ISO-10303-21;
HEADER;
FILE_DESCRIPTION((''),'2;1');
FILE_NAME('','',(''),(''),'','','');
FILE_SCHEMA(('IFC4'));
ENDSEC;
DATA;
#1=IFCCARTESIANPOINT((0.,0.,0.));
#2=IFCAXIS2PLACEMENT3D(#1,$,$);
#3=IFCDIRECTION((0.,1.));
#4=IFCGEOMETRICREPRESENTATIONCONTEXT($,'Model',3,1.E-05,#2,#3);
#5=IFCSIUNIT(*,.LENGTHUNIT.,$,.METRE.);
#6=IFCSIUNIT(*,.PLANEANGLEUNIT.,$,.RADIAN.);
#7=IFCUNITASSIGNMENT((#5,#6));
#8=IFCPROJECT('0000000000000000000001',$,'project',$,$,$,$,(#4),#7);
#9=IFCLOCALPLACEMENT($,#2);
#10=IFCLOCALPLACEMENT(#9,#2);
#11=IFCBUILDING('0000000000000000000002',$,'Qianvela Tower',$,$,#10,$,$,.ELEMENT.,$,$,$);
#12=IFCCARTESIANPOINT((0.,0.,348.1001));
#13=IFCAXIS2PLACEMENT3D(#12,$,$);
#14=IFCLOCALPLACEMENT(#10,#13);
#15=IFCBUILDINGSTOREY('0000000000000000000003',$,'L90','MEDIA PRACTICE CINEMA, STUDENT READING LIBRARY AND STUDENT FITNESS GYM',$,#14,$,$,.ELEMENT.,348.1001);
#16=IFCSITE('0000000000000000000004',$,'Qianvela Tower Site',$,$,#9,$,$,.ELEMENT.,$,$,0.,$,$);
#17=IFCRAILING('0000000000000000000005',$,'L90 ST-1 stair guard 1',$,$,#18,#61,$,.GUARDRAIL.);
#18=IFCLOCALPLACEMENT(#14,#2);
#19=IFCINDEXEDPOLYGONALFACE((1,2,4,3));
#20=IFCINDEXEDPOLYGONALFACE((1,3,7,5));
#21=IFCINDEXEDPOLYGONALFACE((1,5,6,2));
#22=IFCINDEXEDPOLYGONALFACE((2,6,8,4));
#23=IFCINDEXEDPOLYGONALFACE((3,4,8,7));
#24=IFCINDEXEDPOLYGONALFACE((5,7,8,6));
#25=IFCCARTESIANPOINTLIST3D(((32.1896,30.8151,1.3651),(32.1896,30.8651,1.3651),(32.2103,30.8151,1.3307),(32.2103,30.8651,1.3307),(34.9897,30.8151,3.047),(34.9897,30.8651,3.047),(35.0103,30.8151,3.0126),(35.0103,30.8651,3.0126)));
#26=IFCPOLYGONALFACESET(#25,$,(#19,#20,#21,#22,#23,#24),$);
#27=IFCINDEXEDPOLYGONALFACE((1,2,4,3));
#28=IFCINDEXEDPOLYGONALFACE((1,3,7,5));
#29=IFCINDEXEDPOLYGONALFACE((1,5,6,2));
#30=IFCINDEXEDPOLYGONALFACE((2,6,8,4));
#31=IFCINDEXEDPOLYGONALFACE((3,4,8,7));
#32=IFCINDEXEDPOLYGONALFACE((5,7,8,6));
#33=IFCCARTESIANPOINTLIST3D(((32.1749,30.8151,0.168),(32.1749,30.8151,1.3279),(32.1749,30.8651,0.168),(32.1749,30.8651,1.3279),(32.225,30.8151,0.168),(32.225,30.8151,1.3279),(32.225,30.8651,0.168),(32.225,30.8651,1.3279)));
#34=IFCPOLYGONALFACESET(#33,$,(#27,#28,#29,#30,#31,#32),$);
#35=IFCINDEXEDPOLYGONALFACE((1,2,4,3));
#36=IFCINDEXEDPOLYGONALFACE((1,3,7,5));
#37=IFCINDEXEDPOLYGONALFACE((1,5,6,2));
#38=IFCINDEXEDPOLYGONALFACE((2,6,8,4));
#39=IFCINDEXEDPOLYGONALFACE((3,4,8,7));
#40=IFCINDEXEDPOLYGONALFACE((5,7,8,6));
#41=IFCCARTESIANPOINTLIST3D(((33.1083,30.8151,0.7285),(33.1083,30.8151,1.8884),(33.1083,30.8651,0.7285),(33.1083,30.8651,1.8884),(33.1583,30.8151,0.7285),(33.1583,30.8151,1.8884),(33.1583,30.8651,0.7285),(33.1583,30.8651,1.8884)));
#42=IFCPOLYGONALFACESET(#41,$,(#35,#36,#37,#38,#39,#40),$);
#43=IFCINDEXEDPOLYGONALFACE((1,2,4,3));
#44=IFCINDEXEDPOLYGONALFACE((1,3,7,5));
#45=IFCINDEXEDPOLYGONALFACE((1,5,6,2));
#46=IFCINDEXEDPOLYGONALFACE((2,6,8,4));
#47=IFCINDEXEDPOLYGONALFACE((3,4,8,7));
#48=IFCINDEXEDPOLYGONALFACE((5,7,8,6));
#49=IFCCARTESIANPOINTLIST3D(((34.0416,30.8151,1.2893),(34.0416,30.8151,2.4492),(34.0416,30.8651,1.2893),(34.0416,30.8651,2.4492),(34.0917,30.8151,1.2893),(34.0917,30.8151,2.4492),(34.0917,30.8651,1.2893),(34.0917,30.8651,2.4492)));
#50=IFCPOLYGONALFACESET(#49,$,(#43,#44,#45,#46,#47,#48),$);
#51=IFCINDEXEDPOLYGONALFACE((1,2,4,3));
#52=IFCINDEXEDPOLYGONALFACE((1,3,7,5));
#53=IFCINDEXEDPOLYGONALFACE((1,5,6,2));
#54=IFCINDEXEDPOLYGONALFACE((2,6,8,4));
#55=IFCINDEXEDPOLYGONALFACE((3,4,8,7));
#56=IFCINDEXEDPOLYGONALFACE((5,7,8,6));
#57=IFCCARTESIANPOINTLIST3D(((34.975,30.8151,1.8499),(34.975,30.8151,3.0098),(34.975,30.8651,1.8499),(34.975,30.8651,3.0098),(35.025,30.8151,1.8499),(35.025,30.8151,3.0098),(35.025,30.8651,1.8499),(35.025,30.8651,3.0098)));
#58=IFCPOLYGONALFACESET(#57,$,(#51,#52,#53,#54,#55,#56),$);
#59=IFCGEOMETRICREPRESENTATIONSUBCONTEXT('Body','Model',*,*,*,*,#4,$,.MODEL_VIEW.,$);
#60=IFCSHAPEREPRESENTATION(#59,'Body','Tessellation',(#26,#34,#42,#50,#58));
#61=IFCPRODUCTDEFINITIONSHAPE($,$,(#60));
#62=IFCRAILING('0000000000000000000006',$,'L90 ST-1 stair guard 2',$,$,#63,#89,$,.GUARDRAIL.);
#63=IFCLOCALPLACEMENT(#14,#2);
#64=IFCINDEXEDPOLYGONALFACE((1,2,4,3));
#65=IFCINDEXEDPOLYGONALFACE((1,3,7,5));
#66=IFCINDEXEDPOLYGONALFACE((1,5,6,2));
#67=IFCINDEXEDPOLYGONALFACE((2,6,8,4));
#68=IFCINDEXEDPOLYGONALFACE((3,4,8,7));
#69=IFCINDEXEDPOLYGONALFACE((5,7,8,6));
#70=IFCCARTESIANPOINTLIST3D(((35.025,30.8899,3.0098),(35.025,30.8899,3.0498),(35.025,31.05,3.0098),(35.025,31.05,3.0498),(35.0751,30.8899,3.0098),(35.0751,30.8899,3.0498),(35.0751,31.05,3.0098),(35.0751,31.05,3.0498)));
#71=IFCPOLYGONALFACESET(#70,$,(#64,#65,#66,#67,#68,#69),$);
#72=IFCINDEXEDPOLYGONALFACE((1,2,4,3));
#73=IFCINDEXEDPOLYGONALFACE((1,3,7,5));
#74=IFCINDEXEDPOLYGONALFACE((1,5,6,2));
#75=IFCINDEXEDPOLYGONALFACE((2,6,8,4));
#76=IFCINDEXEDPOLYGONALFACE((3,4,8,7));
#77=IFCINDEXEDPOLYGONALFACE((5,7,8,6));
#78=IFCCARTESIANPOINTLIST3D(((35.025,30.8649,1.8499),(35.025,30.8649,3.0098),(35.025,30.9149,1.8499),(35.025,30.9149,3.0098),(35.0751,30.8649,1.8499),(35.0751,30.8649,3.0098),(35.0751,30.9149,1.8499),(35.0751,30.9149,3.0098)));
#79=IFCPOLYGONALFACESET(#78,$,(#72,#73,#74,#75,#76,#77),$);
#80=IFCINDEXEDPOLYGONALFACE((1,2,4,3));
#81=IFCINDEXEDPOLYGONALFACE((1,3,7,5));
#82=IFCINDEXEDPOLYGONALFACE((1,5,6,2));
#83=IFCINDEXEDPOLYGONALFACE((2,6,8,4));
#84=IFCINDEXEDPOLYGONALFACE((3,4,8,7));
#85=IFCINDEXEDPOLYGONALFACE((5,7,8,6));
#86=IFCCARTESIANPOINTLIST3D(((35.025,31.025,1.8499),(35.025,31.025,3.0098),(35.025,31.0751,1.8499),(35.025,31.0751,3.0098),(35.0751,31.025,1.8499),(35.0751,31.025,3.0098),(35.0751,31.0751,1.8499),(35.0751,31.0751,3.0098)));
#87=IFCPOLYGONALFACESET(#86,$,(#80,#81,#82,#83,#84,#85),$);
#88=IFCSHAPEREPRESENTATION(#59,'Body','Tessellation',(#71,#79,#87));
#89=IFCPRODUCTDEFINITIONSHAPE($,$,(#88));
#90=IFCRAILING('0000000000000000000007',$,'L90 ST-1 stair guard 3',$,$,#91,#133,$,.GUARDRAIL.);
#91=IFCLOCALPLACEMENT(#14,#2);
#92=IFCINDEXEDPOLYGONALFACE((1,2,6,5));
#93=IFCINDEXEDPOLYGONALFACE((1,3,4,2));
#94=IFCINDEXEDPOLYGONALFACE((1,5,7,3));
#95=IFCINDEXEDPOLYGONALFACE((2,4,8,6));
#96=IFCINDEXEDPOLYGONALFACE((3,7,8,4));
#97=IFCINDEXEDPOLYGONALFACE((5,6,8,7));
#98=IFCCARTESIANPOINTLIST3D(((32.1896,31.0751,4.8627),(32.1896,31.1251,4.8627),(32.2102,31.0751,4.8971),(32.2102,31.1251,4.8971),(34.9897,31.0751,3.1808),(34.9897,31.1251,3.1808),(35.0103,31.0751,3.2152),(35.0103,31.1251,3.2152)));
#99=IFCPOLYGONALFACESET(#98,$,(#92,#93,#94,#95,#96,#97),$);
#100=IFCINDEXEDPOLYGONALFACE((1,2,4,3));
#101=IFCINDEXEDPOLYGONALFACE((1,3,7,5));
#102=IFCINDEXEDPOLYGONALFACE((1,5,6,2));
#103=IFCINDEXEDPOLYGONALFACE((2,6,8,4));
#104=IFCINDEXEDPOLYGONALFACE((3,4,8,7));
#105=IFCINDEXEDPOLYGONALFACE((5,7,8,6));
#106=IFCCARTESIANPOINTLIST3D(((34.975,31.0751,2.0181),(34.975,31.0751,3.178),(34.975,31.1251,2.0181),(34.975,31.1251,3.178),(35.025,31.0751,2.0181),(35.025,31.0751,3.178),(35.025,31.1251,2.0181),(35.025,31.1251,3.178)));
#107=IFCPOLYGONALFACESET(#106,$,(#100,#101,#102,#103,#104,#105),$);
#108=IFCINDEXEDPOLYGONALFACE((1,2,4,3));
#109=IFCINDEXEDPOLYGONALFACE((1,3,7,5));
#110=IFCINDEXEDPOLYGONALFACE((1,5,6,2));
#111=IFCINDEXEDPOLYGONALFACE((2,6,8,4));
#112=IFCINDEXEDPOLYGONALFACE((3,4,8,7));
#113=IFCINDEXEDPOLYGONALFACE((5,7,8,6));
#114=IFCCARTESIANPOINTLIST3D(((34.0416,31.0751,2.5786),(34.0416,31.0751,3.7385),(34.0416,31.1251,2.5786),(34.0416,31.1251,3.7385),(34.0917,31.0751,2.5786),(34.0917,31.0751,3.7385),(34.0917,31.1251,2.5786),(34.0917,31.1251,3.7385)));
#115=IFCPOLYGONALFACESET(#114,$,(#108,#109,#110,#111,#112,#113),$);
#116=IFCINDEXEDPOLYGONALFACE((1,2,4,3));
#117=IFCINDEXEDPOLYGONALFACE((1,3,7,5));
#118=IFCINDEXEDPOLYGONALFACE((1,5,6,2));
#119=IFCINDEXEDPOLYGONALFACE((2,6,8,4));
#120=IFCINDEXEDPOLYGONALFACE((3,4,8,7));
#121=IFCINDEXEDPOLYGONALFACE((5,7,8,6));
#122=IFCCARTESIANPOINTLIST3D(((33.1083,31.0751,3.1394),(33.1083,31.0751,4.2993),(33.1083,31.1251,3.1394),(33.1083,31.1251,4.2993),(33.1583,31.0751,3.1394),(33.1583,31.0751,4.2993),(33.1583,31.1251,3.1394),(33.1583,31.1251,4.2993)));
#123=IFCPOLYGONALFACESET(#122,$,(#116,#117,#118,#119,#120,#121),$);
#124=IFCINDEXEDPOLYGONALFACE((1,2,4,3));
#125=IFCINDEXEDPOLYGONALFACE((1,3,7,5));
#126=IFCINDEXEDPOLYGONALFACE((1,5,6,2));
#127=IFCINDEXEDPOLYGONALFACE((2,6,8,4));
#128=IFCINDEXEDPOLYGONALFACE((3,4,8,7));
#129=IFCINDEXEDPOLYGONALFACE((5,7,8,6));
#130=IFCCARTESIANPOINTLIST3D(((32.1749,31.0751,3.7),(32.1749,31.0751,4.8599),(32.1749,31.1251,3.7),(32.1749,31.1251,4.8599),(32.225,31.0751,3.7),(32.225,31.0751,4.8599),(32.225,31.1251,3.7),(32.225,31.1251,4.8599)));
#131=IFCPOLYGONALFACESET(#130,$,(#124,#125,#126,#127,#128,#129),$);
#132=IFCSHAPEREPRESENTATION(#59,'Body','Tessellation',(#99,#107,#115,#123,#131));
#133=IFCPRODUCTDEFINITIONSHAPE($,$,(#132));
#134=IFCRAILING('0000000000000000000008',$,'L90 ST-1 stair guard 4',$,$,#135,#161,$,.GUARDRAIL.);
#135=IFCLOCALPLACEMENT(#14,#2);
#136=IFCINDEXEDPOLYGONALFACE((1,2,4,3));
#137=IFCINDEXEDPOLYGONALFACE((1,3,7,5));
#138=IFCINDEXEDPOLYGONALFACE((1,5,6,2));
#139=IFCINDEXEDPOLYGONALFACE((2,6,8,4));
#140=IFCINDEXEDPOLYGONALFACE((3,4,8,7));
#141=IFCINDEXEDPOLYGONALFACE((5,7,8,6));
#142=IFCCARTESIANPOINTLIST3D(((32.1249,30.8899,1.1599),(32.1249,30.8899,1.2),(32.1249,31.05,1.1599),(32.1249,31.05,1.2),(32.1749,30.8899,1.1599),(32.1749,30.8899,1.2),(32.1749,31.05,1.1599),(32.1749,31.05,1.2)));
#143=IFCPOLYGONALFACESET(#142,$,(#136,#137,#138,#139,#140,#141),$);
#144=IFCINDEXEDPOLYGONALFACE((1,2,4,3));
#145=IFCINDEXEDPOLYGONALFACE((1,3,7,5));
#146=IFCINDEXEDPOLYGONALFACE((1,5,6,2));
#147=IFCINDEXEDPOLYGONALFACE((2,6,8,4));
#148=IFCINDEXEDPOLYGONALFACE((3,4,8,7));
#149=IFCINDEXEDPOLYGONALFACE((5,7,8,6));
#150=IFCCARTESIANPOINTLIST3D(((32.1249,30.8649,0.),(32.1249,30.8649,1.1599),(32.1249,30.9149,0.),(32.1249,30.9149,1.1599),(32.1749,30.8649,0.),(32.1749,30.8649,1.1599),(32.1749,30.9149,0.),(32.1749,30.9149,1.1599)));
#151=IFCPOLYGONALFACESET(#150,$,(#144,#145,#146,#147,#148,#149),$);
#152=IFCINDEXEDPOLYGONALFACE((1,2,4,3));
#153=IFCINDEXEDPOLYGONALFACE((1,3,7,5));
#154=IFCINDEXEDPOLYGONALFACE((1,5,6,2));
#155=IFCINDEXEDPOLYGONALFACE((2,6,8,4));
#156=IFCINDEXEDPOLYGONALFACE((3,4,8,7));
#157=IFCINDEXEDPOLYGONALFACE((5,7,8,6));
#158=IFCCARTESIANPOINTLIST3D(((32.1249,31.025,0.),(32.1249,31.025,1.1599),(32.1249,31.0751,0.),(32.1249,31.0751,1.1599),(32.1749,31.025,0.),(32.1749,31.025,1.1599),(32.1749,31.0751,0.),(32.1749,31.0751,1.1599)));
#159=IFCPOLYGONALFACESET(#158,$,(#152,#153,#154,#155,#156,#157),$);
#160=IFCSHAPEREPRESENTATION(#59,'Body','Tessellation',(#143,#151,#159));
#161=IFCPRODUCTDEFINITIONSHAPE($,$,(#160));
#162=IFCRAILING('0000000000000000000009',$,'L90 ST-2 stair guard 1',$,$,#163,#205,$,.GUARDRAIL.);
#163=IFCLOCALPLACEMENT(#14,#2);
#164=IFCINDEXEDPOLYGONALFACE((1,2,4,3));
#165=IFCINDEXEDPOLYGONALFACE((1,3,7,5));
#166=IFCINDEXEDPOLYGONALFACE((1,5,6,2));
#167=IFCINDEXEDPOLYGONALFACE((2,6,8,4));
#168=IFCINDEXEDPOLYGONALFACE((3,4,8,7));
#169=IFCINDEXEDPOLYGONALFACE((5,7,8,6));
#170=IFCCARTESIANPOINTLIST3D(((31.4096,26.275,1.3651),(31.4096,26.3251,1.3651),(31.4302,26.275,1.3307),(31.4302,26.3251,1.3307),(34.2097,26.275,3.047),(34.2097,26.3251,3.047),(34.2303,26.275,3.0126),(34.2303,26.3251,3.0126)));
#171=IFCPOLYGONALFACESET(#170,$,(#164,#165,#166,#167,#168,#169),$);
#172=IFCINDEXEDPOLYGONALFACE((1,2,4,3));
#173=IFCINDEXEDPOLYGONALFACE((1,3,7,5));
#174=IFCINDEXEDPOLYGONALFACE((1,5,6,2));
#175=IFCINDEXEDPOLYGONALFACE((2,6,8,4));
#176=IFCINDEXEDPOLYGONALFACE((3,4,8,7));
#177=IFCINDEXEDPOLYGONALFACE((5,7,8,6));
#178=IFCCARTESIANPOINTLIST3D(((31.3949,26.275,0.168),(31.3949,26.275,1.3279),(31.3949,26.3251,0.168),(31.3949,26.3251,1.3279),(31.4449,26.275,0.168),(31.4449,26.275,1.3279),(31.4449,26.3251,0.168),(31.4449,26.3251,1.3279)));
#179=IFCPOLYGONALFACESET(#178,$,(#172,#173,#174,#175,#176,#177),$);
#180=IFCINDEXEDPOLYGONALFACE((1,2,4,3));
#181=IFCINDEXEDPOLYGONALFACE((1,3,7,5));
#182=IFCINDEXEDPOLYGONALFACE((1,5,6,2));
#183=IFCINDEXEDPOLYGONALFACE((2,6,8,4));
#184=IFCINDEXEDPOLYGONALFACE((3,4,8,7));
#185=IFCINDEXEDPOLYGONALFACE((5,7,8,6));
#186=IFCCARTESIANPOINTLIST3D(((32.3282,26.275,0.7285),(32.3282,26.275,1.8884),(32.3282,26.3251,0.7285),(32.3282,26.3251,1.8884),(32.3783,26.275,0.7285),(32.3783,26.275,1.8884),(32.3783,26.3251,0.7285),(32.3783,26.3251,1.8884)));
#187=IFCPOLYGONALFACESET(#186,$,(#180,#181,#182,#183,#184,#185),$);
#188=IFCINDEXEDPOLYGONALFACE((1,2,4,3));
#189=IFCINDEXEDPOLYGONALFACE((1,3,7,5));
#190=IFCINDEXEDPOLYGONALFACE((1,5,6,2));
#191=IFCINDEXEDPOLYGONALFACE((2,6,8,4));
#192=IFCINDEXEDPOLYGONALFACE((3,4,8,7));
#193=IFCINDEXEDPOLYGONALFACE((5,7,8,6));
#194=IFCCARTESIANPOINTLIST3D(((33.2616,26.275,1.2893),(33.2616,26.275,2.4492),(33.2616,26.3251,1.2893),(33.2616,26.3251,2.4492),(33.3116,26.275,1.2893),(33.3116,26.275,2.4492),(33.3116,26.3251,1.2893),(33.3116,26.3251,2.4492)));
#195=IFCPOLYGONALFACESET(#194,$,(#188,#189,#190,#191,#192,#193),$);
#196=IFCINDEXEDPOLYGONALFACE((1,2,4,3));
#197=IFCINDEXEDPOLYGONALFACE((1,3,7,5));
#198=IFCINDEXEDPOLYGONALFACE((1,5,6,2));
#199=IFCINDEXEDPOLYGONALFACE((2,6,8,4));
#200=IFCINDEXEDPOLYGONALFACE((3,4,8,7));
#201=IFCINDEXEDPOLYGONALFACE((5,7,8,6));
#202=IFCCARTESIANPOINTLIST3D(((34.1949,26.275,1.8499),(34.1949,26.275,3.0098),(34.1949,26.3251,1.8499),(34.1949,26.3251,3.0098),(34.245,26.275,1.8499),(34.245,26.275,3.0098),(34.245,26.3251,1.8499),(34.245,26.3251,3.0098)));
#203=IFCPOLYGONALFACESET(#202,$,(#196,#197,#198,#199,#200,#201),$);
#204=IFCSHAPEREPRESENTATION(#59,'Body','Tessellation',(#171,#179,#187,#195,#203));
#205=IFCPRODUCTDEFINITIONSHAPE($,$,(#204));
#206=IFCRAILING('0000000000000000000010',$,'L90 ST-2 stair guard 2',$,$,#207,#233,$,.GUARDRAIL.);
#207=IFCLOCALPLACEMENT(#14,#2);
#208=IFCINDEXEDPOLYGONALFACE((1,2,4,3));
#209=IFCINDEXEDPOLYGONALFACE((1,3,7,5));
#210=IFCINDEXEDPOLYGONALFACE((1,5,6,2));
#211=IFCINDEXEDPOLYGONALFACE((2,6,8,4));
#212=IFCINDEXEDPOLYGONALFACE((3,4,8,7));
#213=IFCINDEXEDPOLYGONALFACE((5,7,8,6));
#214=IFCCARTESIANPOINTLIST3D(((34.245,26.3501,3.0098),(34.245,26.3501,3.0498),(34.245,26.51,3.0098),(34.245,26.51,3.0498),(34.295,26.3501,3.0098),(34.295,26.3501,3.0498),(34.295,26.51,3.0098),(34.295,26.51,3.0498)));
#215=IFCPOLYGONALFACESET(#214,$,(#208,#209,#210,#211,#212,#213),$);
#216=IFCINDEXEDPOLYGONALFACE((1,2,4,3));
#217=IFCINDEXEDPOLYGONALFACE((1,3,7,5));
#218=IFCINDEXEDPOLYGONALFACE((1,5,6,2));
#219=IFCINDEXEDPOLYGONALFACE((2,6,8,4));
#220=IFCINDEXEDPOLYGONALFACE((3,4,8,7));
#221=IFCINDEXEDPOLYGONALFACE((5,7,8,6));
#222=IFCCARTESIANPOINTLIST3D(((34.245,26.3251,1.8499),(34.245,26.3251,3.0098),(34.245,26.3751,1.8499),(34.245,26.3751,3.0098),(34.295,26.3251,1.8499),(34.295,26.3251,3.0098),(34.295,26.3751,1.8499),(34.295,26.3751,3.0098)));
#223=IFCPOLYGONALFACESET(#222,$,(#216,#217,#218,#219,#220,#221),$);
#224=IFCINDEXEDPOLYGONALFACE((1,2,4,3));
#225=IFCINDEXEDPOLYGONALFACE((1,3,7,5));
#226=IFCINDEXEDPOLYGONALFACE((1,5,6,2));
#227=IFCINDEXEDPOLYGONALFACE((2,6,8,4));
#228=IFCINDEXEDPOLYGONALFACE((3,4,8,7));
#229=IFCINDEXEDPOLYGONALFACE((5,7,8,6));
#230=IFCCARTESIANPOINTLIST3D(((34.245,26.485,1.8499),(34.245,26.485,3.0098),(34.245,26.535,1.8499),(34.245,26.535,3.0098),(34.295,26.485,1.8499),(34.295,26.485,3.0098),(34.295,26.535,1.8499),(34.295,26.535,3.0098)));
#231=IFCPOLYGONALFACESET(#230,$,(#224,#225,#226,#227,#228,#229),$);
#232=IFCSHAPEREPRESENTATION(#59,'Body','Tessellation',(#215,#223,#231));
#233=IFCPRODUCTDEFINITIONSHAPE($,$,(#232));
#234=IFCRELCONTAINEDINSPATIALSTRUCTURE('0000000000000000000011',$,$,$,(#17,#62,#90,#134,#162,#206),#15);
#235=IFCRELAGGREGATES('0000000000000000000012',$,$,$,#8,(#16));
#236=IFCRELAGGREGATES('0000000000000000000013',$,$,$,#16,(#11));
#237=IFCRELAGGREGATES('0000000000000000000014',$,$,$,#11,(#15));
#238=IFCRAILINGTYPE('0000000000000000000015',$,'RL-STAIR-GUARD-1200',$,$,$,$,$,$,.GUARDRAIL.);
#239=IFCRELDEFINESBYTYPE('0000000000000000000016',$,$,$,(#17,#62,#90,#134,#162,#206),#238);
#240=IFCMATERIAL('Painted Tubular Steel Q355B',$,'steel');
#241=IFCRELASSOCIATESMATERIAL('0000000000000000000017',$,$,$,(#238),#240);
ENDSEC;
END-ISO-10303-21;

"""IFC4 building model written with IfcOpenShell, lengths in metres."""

from ifc_helpers import new_model, si_unit, direction, frame, origin, origin_2d, place, context, subcontext, project, spatial, rectangle, extrude, material, type_object, element, save


model = new_model("IFC4")

# Units and contexts
model_context = context("Model", 3, precision=1e-05, world=origin(), true_north=direction((0.0, 1.0)))
body_context = subcontext(model_context, "Body", "Model", "MODEL_VIEW")
ifc_project = project(units=[si_unit("LENGTHUNIT", "METRE"), si_unit("PLANEANGLEUNIT", "RADIAN")], contexts=[model_context])

# Site, building, storey
site_placement = place(None, origin())
site = spatial("IfcSite", under=ifc_project, at=site_placement, Name="Qianvela Tower Site", CompositionType="ELEMENT", RefElevation=0.0)
building_placement = place(site_placement, origin())
building = spatial("IfcBuilding", under=site, at=building_placement, Name="Qianvela Tower", CompositionType="ELEMENT")
storey_placement = place(building_placement, frame((0.0, 0.0, 348.1001)))
storey = spatial("IfcBuildingStorey", under=building, at=storey_placement, Name="L90", Description="MEDIA PRACTICE CINEMA, STUDENT READING LIBRARY AND STUDENT FITNESS GYM", CompositionType="ELEMENT", Elevation=348.1001)

# Railings
ifc_material_1 = material(Name="Painted Tubular Steel Q355B", Category="steel")
railing_type_1 = type_object("IfcRailingType", Name="RL-STAIR-GUARD-1200", PredefinedType="GUARDRAIL", material=ifc_material_1)
railing_1_placement = place(storey_placement, frame((32.2, 30.8401, 0.168)))
element("IfcRailing", 1, at=railing_1_placement, inside=storey, type_object=railing_type_1, Name="L90 ST-1 stair guard 1", PredefinedType="GUARDRAIL", context=body_context, shape_type="SweptSolid", body=[
    extrude(rectangle(XDim=0.05, YDim=0.04, at=origin_2d()), frame((0.0, 0.0, 1.1799), z_axis=(0.857242, 0.0, 0.514913), x_axis=(0.0, 1.0, 0.0)), (0.0, 0.0, 1.0), 3.2664),
    extrude(rectangle(XDim=0.05, YDim=0.05, at=origin_2d()), origin(), (0.0, 0.0, 1.0), 1.1599),
    extrude(rectangle(XDim=0.05, YDim=0.05, at=origin_2d()), frame((0.9333, 0.0, 0.5605)), (0.0, 0.0, 1.0), 1.1599),
    extrude(rectangle(XDim=0.05, YDim=0.05, at=origin_2d()), frame((1.8667, 0.0, 1.1213)), (0.0, 0.0, 1.0), 1.1599),
    extrude(rectangle(XDim=0.05, YDim=0.05, at=origin_2d()), frame((2.8, 0.0, 1.6819)), (0.0, 0.0, 1.0), 1.1599),
])
railing_2_placement = place(storey_placement, frame((35.05, 30.8899, 1.8499)))
element("IfcRailing", 2, at=railing_2_placement, inside=storey, type_object=railing_type_1, Name="L90 ST-1 stair guard 2", PredefinedType="GUARDRAIL", context=body_context, shape_type="SweptSolid", body=[
    extrude(rectangle(XDim=0.05, YDim=0.04, at=origin_2d()), frame((0.0, 0.0, 1.1799), z_axis=(0.0, 1.0, 0.0), x_axis=(-1.0, 0.0, 0.0)), (0.0, 0.0, 1.0), 0.1602),
    extrude(rectangle(XDim=0.05, YDim=0.05, at=origin_2d()), origin(), (0.0, 0.0, 1.0), 1.1599),
    extrude(rectangle(XDim=0.05, YDim=0.05, at=origin_2d()), frame((0.0, 0.1602, 0.0)), (0.0, 0.0, 1.0), 1.1599),
])
railing_3_placement = place(storey_placement, frame((35.0, 31.1001, 2.0181)))
element("IfcRailing", 3, at=railing_3_placement, inside=storey, type_object=railing_type_1, Name="L90 ST-1 stair guard 3", PredefinedType="GUARDRAIL", context=body_context, shape_type="SweptSolid", body=[
    extrude(rectangle(XDim=0.05, YDim=0.04, at=origin_2d()), frame((0.0, 0.0, 1.1799), z_axis=(-0.857242, 0.0, 0.514913), x_axis=(0.0, -1.0, 0.0)), (0.0, 0.0, 1.0), 3.2664),
    extrude(rectangle(XDim=0.05, YDim=0.05, at=origin_2d()), origin(), (0.0, 0.0, 1.0), 1.1599),
    extrude(rectangle(XDim=0.05, YDim=0.05, at=origin_2d()), frame((-0.9333, 0.0, 0.5605)), (0.0, 0.0, 1.0), 1.1599),
    extrude(rectangle(XDim=0.05, YDim=0.05, at=origin_2d()), frame((-1.8667, 0.0, 1.1213)), (0.0, 0.0, 1.0), 1.1599),
    extrude(rectangle(XDim=0.05, YDim=0.05, at=origin_2d()), frame((-2.8, 0.0, 1.6819)), (0.0, 0.0, 1.0), 1.1599),
])
railing_4_placement = place(storey_placement, frame((32.1499, 30.8899, 0.0)))
element("IfcRailing", 4, at=railing_4_placement, inside=storey, type_object=railing_type_1, Name="L90 ST-1 stair guard 4", PredefinedType="GUARDRAIL", context=body_context, shape_type="SweptSolid", body=[
    extrude(rectangle(XDim=0.05, YDim=0.04, at=origin_2d()), frame((0.0, 0.0, 1.1799), z_axis=(0.0, 1.0, 0.0), x_axis=(-1.0, 0.0, 0.0)), (0.0, 0.0, 1.0), 0.1602),
    extrude(rectangle(XDim=0.05, YDim=0.05, at=origin_2d()), origin(), (0.0, 0.0, 1.0), 1.1599),
    extrude(rectangle(XDim=0.05, YDim=0.05, at=origin_2d()), frame((0.0, 0.1602, 0.0)), (0.0, 0.0, 1.0), 1.1599),
])
railing_5_placement = place(storey_placement, frame((31.4199, 26.3, 0.168)))
element("IfcRailing", 5, at=railing_5_placement, inside=storey, type_object=railing_type_1, Name="L90 ST-2 stair guard 1", PredefinedType="GUARDRAIL", context=body_context, shape_type="SweptSolid", body=[
    extrude(rectangle(XDim=0.05, YDim=0.04, at=origin_2d()), frame((0.0, 0.0, 1.1799), z_axis=(0.857242, 0.0, 0.514913), x_axis=(0.0, 1.0, 0.0)), (0.0, 0.0, 1.0), 3.2664),
    extrude(rectangle(XDim=0.05, YDim=0.05, at=origin_2d()), origin(), (0.0, 0.0, 1.0), 1.1599),
    extrude(rectangle(XDim=0.05, YDim=0.05, at=origin_2d()), frame((0.9333, 0.0, 0.5605)), (0.0, 0.0, 1.0), 1.1599),
    extrude(rectangle(XDim=0.05, YDim=0.05, at=origin_2d()), frame((1.8667, 0.0, 1.1213)), (0.0, 0.0, 1.0), 1.1599),
    extrude(rectangle(XDim=0.05, YDim=0.05, at=origin_2d()), frame((2.8, 0.0, 1.6819)), (0.0, 0.0, 1.0), 1.1599),
])
railing_6_placement = place(storey_placement, frame((34.27, 26.3501, 1.8499)))
element("IfcRailing", 6, at=railing_6_placement, inside=storey, type_object=railing_type_1, Name="L90 ST-2 stair guard 2", PredefinedType="GUARDRAIL", context=body_context, shape_type="SweptSolid", body=[
    extrude(rectangle(XDim=0.05, YDim=0.04, at=origin_2d()), frame((0.0, 0.0, 1.1799), z_axis=(0.0, 1.0, 0.0), x_axis=(-1.0, 0.0, 0.0)), (0.0, 0.0, 1.0), 0.1599),
    extrude(rectangle(XDim=0.05, YDim=0.05, at=origin_2d()), origin(), (0.0, 0.0, 1.0), 1.1599),
    extrude(rectangle(XDim=0.05, YDim=0.05, at=origin_2d()), frame((0.0, 0.1599, 0.0)), (0.0, 0.0, 1.0), 1.1599),
])

save(model, "model.ifc")
